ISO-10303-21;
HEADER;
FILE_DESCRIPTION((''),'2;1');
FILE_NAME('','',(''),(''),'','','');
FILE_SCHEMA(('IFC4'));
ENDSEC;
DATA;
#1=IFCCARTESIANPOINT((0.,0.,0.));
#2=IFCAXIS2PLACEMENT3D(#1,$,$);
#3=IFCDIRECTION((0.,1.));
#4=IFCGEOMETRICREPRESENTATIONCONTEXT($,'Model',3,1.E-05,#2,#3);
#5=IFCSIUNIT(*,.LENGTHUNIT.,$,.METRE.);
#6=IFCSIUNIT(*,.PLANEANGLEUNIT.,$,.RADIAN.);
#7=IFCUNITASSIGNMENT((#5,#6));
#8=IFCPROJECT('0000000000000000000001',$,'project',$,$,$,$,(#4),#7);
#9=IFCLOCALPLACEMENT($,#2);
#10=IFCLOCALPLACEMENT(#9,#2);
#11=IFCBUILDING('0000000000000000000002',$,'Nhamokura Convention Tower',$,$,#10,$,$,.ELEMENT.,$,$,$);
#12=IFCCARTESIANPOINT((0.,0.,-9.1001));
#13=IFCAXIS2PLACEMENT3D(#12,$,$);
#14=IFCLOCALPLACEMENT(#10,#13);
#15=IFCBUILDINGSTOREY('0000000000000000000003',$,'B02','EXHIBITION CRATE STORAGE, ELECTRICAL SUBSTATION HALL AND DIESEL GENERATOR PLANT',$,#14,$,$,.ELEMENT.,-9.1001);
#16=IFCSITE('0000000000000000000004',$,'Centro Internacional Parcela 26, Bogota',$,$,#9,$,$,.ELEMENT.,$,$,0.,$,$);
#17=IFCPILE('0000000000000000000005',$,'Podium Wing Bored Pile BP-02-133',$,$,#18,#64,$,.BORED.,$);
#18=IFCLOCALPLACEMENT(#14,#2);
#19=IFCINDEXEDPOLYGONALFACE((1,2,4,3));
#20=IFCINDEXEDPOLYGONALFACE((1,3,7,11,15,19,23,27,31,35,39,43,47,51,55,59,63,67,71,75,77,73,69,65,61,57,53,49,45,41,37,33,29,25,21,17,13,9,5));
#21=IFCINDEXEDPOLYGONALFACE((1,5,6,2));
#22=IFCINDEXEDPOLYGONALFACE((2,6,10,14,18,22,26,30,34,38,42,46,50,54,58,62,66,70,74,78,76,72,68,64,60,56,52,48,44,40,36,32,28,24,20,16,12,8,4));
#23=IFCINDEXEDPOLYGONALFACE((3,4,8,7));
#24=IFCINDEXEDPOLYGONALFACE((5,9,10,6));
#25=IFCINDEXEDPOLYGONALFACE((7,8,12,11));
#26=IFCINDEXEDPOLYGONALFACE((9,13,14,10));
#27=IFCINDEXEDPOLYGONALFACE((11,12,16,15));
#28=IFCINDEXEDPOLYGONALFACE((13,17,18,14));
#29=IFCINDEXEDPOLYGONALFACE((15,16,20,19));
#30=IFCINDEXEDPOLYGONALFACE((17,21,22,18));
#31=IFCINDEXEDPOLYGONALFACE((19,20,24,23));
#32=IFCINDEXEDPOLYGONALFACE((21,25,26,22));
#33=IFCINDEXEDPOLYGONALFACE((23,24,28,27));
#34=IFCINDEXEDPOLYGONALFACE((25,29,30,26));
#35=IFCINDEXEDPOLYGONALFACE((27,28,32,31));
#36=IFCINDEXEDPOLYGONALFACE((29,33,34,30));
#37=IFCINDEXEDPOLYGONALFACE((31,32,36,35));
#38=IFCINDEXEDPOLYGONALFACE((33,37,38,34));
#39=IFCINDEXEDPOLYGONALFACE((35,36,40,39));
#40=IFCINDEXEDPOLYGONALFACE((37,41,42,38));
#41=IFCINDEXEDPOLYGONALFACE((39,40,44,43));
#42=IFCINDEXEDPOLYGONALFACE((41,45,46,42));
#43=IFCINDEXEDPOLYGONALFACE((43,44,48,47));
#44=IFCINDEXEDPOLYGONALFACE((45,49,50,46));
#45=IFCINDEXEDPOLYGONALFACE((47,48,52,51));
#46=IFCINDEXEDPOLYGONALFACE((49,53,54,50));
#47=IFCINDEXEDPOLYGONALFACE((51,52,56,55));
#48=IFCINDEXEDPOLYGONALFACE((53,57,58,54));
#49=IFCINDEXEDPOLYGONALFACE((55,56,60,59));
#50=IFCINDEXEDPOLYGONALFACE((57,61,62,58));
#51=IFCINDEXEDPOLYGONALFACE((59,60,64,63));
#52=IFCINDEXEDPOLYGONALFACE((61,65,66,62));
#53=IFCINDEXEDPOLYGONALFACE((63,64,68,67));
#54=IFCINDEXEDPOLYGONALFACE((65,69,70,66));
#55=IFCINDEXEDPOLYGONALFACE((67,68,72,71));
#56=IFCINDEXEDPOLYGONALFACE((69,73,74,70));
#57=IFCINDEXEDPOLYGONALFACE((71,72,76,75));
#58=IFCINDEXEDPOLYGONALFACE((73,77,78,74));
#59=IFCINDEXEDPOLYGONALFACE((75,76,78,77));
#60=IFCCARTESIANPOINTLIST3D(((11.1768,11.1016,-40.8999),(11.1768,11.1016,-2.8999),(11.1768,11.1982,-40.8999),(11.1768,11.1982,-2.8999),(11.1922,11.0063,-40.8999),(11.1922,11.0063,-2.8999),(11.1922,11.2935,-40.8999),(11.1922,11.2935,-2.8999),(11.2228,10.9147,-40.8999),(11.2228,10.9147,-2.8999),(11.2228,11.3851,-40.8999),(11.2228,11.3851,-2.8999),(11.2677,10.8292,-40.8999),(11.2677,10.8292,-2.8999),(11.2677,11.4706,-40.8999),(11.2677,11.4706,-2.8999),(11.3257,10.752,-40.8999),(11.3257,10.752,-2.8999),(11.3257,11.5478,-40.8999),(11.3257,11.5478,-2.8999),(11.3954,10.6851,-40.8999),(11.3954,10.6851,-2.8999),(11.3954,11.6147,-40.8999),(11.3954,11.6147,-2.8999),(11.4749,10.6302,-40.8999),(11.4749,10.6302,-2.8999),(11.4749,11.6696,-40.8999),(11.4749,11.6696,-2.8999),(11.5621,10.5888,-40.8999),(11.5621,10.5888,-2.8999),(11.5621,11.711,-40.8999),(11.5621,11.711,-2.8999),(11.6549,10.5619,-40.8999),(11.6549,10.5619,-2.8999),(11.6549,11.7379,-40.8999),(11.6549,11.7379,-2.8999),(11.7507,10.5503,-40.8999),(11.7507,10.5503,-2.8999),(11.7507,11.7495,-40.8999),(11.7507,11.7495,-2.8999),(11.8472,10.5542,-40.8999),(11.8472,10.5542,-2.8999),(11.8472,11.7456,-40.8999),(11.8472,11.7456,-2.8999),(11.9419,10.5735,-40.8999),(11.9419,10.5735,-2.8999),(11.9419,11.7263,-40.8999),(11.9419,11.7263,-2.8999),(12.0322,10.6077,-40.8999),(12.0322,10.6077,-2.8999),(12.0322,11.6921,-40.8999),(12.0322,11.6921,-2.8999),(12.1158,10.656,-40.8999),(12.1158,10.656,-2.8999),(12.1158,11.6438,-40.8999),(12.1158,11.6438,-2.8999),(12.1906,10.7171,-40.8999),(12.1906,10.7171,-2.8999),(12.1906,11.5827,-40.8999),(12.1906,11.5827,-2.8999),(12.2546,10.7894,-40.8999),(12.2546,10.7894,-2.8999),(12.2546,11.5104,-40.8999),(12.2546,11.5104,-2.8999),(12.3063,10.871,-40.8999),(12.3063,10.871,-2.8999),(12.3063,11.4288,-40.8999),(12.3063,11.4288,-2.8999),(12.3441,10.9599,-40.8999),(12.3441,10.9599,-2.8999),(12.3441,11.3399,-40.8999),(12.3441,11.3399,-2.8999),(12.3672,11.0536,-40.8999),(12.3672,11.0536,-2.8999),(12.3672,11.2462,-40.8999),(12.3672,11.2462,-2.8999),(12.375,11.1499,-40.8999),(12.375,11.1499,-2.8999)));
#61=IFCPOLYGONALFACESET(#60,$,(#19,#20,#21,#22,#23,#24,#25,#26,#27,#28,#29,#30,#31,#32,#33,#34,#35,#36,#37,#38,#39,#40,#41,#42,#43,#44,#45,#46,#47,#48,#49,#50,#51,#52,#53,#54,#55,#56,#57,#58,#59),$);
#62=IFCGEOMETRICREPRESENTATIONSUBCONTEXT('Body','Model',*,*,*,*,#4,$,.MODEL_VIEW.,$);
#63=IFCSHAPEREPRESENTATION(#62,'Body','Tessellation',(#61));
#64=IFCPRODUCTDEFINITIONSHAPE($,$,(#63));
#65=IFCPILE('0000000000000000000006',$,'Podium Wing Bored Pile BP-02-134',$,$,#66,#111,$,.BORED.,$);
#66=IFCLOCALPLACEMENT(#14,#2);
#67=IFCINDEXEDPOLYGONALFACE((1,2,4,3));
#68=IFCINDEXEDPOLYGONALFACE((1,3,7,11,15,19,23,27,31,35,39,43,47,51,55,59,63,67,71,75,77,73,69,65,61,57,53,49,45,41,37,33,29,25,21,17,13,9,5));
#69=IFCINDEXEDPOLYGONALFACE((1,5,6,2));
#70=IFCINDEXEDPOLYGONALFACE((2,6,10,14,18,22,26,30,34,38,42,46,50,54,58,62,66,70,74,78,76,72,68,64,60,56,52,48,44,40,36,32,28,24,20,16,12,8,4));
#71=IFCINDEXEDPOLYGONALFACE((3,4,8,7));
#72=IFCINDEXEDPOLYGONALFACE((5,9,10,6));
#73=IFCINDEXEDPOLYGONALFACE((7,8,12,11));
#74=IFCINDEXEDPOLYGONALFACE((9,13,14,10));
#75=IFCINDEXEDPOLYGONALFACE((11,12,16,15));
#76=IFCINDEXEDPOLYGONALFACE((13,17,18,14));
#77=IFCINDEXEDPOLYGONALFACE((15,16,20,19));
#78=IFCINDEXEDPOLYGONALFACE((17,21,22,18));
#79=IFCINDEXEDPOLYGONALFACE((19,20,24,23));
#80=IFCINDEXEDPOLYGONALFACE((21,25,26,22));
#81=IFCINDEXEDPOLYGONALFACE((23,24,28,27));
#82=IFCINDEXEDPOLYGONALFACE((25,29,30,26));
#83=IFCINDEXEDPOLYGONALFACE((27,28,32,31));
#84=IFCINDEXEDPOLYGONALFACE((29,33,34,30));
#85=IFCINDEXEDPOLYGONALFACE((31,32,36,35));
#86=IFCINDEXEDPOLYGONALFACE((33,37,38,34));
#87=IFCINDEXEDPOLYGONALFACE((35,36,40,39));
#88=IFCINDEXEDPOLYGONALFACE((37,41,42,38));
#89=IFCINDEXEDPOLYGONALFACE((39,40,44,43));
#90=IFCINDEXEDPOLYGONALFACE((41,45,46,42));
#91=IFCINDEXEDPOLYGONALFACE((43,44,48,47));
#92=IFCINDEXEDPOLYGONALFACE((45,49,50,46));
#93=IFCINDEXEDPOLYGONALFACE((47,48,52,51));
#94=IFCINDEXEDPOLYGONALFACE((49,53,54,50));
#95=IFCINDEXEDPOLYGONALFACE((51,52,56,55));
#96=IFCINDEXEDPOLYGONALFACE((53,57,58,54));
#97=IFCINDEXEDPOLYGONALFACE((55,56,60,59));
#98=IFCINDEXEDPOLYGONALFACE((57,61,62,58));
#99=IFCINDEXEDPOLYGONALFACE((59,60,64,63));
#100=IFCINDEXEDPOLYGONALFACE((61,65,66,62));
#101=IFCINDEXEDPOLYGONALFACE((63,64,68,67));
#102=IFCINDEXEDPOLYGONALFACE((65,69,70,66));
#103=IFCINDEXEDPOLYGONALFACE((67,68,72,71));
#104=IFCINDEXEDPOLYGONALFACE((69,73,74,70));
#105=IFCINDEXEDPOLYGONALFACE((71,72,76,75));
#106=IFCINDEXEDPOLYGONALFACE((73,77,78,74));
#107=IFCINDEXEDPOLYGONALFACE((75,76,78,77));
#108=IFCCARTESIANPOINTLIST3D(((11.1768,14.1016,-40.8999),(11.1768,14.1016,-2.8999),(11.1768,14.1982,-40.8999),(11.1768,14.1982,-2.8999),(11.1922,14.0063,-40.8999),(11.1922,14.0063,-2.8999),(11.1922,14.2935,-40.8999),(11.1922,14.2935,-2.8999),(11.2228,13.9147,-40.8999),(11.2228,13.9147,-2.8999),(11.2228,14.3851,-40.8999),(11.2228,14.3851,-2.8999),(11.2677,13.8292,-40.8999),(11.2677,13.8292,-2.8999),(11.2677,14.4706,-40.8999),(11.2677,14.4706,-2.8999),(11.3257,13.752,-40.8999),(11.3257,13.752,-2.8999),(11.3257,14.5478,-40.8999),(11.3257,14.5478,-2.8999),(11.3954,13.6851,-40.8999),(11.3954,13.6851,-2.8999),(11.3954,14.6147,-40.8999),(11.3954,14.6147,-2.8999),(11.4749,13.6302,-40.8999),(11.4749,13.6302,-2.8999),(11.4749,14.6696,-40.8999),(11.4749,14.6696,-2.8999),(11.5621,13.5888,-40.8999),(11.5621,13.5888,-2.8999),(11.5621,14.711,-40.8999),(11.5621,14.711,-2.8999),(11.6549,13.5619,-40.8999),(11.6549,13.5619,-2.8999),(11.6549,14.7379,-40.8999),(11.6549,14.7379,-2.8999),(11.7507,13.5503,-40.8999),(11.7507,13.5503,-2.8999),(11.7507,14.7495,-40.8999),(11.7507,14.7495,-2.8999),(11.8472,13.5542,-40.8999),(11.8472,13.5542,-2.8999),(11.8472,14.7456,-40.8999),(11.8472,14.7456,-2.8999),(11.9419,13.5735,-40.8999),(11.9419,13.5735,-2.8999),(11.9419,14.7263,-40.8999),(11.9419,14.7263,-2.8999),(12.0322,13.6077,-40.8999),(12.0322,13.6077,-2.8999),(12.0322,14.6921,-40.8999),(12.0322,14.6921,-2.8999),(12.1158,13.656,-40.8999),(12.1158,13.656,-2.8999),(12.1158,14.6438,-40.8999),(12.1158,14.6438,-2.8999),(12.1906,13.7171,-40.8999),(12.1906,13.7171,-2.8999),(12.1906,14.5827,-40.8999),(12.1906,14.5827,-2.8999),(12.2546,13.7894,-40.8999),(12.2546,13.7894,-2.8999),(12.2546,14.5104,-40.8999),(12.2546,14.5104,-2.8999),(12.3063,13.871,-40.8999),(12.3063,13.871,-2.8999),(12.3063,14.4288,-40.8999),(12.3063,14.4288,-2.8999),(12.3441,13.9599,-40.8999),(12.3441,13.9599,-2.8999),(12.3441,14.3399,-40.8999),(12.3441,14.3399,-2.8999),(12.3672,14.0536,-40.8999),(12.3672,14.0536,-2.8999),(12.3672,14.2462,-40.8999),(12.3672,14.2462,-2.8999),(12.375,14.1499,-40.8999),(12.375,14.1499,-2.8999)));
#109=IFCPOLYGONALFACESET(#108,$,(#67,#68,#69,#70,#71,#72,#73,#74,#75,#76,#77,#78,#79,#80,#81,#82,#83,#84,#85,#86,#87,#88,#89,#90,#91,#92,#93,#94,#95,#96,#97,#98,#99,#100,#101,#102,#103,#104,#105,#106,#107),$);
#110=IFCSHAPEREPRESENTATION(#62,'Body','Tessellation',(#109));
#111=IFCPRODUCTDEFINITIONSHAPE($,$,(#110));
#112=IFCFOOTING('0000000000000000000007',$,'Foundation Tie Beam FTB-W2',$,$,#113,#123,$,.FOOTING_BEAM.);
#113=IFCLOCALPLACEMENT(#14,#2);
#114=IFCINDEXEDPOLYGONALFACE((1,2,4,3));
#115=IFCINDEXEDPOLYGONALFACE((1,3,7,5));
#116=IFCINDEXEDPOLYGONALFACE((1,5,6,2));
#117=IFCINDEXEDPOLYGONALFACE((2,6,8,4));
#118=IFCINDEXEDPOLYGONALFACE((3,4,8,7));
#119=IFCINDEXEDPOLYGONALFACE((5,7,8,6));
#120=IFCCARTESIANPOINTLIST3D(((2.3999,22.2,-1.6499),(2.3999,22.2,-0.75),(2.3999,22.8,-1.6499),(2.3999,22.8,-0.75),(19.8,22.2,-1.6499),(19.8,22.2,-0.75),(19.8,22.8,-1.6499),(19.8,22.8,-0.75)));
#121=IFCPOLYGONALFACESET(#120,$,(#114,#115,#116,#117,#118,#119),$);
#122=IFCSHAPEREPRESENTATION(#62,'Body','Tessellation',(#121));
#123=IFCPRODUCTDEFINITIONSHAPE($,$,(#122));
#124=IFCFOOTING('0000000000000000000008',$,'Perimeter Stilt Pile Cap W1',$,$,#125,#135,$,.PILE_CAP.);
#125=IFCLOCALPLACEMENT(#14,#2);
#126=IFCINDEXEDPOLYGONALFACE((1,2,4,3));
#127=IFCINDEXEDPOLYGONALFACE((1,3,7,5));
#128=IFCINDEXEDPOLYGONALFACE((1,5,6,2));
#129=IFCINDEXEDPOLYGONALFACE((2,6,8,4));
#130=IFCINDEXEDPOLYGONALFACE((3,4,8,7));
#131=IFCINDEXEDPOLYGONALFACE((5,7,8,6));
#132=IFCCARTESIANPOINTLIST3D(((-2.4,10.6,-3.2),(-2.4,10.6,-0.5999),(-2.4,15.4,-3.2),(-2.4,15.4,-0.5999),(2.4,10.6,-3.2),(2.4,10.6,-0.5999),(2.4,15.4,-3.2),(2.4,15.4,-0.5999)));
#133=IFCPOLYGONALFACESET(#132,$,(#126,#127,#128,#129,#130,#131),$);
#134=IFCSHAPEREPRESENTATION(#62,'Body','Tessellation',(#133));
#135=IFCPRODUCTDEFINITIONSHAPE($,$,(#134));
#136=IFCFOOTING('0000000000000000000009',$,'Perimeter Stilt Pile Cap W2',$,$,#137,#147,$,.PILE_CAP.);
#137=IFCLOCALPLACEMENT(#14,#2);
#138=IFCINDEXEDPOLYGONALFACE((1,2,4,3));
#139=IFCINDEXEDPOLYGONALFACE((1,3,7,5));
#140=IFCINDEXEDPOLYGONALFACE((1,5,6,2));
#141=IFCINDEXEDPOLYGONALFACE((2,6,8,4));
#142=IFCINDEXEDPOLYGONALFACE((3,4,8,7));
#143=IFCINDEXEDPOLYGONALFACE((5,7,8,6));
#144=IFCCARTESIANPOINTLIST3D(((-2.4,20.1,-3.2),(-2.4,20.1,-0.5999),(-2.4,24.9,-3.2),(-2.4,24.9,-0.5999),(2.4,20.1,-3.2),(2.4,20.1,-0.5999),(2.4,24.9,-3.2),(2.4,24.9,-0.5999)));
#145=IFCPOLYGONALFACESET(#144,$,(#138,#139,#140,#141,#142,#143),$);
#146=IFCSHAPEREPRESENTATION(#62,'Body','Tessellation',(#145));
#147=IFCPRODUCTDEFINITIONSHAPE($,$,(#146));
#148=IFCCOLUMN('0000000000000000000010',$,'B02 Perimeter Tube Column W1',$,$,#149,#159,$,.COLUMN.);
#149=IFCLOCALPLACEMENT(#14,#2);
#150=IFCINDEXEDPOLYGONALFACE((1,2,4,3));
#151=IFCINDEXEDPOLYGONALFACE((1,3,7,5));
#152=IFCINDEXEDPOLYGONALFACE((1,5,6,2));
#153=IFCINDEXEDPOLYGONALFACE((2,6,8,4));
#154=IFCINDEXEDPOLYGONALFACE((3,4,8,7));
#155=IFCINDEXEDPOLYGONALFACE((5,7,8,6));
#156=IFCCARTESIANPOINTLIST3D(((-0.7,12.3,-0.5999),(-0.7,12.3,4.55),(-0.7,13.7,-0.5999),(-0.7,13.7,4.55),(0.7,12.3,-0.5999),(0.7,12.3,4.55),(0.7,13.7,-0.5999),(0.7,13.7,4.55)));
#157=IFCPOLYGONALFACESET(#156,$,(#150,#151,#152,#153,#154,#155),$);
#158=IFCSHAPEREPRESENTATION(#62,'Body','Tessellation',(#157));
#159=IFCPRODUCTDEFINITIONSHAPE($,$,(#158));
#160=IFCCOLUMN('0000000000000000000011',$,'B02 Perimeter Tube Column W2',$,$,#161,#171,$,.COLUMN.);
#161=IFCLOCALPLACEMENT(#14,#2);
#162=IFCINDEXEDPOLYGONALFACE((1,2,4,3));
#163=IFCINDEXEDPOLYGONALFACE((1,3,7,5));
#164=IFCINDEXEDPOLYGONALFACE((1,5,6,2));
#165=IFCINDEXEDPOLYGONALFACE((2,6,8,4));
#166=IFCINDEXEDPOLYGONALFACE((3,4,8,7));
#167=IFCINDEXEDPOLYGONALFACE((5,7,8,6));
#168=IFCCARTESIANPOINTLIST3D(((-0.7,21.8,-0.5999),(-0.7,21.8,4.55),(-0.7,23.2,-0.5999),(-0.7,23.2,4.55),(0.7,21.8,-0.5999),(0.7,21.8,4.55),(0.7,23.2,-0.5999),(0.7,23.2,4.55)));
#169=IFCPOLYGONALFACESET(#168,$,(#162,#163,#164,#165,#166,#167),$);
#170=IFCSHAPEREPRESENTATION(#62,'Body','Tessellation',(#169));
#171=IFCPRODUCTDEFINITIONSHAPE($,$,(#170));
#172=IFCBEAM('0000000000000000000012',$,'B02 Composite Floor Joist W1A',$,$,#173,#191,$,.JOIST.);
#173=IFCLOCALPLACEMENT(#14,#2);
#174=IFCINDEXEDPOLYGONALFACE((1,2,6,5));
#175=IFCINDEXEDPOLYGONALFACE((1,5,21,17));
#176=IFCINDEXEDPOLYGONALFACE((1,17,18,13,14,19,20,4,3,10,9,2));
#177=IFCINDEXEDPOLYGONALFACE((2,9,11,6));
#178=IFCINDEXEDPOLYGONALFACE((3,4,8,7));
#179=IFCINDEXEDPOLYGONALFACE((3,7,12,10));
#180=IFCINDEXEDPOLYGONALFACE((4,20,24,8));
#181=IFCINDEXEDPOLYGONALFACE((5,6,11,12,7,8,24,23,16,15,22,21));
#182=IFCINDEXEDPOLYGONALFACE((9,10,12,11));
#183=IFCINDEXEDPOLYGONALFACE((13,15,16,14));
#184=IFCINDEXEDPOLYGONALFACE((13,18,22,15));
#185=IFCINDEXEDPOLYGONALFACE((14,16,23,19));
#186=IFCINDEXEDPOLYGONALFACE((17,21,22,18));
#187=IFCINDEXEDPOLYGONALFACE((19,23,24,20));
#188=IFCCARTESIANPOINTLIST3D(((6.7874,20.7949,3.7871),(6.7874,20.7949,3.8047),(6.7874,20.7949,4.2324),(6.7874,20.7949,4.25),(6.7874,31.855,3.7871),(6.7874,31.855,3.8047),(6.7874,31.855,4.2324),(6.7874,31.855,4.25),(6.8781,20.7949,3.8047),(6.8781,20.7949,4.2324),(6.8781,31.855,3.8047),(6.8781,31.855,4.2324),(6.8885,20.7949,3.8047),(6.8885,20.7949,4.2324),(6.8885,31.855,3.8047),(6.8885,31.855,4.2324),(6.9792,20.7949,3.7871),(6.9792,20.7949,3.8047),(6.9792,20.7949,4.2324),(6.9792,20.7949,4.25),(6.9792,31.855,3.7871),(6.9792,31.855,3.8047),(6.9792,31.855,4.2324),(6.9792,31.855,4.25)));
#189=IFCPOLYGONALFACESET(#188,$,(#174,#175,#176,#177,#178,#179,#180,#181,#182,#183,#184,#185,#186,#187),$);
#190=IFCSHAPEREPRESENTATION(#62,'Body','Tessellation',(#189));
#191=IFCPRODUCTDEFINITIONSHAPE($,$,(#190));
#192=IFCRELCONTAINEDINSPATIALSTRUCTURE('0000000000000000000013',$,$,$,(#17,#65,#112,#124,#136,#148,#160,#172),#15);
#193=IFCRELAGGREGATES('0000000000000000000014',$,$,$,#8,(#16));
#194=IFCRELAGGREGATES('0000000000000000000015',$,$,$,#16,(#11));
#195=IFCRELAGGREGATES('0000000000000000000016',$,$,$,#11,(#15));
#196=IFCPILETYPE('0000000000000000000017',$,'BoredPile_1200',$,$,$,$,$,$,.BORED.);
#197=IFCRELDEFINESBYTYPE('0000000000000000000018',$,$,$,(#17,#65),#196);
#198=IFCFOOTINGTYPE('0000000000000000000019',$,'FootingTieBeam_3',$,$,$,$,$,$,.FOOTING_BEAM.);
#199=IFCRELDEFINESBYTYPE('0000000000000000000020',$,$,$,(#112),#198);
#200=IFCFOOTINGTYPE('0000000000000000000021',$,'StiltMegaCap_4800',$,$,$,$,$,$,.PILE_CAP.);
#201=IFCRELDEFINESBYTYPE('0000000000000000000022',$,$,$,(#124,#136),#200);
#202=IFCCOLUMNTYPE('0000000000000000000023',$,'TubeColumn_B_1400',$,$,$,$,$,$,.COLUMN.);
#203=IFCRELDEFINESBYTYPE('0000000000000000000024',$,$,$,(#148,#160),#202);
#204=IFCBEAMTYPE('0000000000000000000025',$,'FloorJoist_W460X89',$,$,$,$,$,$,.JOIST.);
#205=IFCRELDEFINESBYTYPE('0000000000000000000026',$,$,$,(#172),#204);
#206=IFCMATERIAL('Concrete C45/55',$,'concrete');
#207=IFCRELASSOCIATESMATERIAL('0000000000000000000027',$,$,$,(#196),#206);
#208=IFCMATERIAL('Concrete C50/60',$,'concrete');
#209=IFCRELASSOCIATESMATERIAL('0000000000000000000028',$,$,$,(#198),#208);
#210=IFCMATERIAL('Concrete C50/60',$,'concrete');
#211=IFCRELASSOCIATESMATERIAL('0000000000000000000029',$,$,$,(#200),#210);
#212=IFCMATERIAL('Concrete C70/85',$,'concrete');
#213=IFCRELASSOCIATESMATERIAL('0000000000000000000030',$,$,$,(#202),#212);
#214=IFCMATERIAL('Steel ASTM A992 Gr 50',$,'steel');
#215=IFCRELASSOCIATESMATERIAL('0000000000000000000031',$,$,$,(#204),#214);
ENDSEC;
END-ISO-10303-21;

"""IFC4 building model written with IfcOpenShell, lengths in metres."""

from ifc_helpers import new_model, si_unit, direction, frame, origin, origin_2d, place, context, subcontext, project, spatial, rectangle, circle, i_section, extrude, material, material_profile, profile_set, type_object, element, save


model = new_model("IFC4")

# Units and contexts
model_context = context("Model", 3, precision=1e-05, world=origin(), true_north=direction((0.0, 1.0)))
body_context = subcontext(model_context, "Body", "Model", "MODEL_VIEW")
ifc_project = project(units=[si_unit("LENGTHUNIT", "METRE"), si_unit("PLANEANGLEUNIT", "RADIAN")], contexts=[model_context])

# Site, building, storey
site_placement = place(None, origin())
site = spatial("IfcSite", under=ifc_project, at=site_placement, Name="Centro Internacional Parcela 26, Bogota", CompositionType="ELEMENT", RefElevation=0.0)
building_placement = place(site_placement, origin())
building = spatial("IfcBuilding", under=site, at=building_placement, Name="Nhamokura Convention Tower", CompositionType="ELEMENT")
storey_placement = place(building_placement, frame((0.0, 0.0, -9.1001)))
storey = spatial("IfcBuildingStorey", under=building, at=storey_placement, Name="B02", Description="EXHIBITION CRATE STORAGE, ELECTRICAL SUBSTATION HALL AND DIESEL GENERATOR PLANT", CompositionType="ELEMENT", Elevation=-9.1001)

# Piles
ifc_material_1 = material(Name="Concrete C45/55", Category="concrete")
ifc_material_profile_1 = material_profile(ifc_material_1, circle(Radius=0.6001, at=origin_2d()))
ifc_profile_set_1 = profile_set([ifc_material_profile_1], Name="Concrete C45/55")
pile_type = type_object("IfcPileType", Name="BoredPile_1200", PredefinedType="BORED", material=ifc_profile_set_1)
for number, where, z_axis, x_axis, name in (
    (1, (11.7749, 11.1499, -2.8999), (0.0, 0.0, -1.0), (1.0, 0.0, 0.0), "Podium Wing Bored Pile BP-02-133"),
    (2, (11.7749, 14.1499, -2.8999), (0.0, 0.0, -1.0), (1.0, 0.0, 0.0), "Podium Wing Bored Pile BP-02-134"),
):
    element("IfcPile", number, at=place(storey_placement, frame(where, z_axis=z_axis, x_axis=x_axis)), inside=storey, type_object=pile_type, Name=name, PredefinedType="BORED", context=body_context, shape_type="SweptSolid", body=[
        extrude(circle(Radius=0.6001, at=origin_2d()), origin(), (0.0, 0.0, 1.0), 38.0),
    ])

# Footings
ifc_material_2 = material(Name="Concrete C50/60", Category="concrete")
ifc_material_profile_2 = material_profile(ifc_material_2, rectangle(XDim=0.6001, YDim=0.8999, at=origin_2d()))
ifc_profile_set_2 = profile_set([ifc_material_profile_2], Name="Concrete C50/60")
footing_type_1 = type_object("IfcFootingType", Name="FootingTieBeam_3", PredefinedType="FOOTING_BEAM", material=ifc_profile_set_2)
footing_placement = place(storey_placement, frame((2.3999, 22.5, -1.2), z_axis=(1.0, 0.0, 0.0), x_axis=(0.0, 1.0, 0.0)))
element("IfcFooting", 3, at=footing_placement, inside=storey, type_object=footing_type_1, Name="Foundation Tie Beam FTB-W2", PredefinedType="FOOTING_BEAM", context=body_context, shape_type="SweptSolid", body=[
    extrude(rectangle(XDim=0.6001, YDim=0.8999, at=origin_2d()), origin(), (0.0, 0.0, 1.0), 17.4001),
])
ifc_material_3 = material(Name="Concrete C50/60", Category="concrete")
footing_type_2 = type_object("IfcFootingType", Name="StiltMegaCap_4800", PredefinedType="PILE_CAP", material=ifc_material_3)
for number, where, z_axis, x_axis, name in (
    (4, (0.0, 13.0, -3.2), (0.0, 0.0, 1.0), (1.0, 0.0, 0.0), "Perimeter Stilt Pile Cap W1"),
    (5, (0.0, 22.5, -3.2), (0.0, 0.0, 1.0), (1.0, 0.0, 0.0), "Perimeter Stilt Pile Cap W2"),
):
    element("IfcFooting", number, at=place(storey_placement, frame(where, z_axis=z_axis, x_axis=x_axis)), inside=storey, type_object=footing_type_2, Name=name, PredefinedType="PILE_CAP", context=body_context, shape_type="SweptSolid", body=[
        extrude(rectangle(XDim=4.8, YDim=4.8, at=origin_2d()), origin(), (0.0, 0.0, 1.0), 2.6001),
    ])

# Columns
ifc_material_4 = material(Name="Concrete C70/85", Category="concrete")
ifc_material_profile_3 = material_profile(ifc_material_4, rectangle(XDim=1.3999, YDim=1.3999, at=origin_2d()))
ifc_profile_set_3 = profile_set([ifc_material_profile_3], Name="Concrete C70/85")
column_type = type_object("IfcColumnType", Name="TubeColumn_B_1400", PredefinedType="COLUMN", material=ifc_profile_set_3)
for number, where, z_axis, x_axis, name in (
    (6, (0.0, 13.0, -0.5999), (0.0, 0.0, 1.0), (1.0, 0.0, 0.0), "B02 Perimeter Tube Column W1"),
    (7, (0.0, 22.5, -0.5999), (0.0, 0.0, 1.0), (1.0, 0.0, 0.0), "B02 Perimeter Tube Column W2"),
):
    element("IfcColumn", number, at=place(storey_placement, frame(where, z_axis=z_axis, x_axis=x_axis)), inside=storey, type_object=column_type, Name=name, PredefinedType="COLUMN", context=body_context, shape_type="SweptSolid", body=[
        extrude(rectangle(XDim=1.3999, YDim=1.3999, at=origin_2d()), origin(), (0.0, 0.0, 1.0), 5.1499),
    ])

# Beam
ifc_material_5 = material(Name="Steel ASTM A992 Gr 50", Category="steel")
ifc_material_profile_4 = material_profile(ifc_material_5, i_section(OverallWidth=0.1919, OverallDepth=0.4629, WebThickness=0.0105, FlangeThickness=0.0176, at=origin_2d()))
ifc_profile_set_4 = profile_set([ifc_material_profile_4], Name="Steel ASTM A992 Gr 50")
beam_type_1 = type_object("IfcBeamType", Name="FloorJoist_W460X89", PredefinedType="JOIST", material=ifc_profile_set_4)
beam_1_placement = place(storey_placement, frame((6.8833, 20.7949, 4.0186), z_axis=(0.0, 1.0, 0.0), x_axis=(-1.0, 0.0, 0.0)))
element("IfcBeam", 8, at=beam_1_placement, inside=storey, type_object=beam_type_1, Name="B02 Composite Floor Joist W1A", PredefinedType="JOIST", context=body_context, shape_type="SweptSolid", body=[
    extrude(i_section(OverallWidth=0.1919, OverallDepth=0.4629, WebThickness=0.0105, FlangeThickness=0.0176, at=origin_2d()), origin(), (0.0, 0.0, 1.0), 11.0601),
])

save(model, "model.ifc")
